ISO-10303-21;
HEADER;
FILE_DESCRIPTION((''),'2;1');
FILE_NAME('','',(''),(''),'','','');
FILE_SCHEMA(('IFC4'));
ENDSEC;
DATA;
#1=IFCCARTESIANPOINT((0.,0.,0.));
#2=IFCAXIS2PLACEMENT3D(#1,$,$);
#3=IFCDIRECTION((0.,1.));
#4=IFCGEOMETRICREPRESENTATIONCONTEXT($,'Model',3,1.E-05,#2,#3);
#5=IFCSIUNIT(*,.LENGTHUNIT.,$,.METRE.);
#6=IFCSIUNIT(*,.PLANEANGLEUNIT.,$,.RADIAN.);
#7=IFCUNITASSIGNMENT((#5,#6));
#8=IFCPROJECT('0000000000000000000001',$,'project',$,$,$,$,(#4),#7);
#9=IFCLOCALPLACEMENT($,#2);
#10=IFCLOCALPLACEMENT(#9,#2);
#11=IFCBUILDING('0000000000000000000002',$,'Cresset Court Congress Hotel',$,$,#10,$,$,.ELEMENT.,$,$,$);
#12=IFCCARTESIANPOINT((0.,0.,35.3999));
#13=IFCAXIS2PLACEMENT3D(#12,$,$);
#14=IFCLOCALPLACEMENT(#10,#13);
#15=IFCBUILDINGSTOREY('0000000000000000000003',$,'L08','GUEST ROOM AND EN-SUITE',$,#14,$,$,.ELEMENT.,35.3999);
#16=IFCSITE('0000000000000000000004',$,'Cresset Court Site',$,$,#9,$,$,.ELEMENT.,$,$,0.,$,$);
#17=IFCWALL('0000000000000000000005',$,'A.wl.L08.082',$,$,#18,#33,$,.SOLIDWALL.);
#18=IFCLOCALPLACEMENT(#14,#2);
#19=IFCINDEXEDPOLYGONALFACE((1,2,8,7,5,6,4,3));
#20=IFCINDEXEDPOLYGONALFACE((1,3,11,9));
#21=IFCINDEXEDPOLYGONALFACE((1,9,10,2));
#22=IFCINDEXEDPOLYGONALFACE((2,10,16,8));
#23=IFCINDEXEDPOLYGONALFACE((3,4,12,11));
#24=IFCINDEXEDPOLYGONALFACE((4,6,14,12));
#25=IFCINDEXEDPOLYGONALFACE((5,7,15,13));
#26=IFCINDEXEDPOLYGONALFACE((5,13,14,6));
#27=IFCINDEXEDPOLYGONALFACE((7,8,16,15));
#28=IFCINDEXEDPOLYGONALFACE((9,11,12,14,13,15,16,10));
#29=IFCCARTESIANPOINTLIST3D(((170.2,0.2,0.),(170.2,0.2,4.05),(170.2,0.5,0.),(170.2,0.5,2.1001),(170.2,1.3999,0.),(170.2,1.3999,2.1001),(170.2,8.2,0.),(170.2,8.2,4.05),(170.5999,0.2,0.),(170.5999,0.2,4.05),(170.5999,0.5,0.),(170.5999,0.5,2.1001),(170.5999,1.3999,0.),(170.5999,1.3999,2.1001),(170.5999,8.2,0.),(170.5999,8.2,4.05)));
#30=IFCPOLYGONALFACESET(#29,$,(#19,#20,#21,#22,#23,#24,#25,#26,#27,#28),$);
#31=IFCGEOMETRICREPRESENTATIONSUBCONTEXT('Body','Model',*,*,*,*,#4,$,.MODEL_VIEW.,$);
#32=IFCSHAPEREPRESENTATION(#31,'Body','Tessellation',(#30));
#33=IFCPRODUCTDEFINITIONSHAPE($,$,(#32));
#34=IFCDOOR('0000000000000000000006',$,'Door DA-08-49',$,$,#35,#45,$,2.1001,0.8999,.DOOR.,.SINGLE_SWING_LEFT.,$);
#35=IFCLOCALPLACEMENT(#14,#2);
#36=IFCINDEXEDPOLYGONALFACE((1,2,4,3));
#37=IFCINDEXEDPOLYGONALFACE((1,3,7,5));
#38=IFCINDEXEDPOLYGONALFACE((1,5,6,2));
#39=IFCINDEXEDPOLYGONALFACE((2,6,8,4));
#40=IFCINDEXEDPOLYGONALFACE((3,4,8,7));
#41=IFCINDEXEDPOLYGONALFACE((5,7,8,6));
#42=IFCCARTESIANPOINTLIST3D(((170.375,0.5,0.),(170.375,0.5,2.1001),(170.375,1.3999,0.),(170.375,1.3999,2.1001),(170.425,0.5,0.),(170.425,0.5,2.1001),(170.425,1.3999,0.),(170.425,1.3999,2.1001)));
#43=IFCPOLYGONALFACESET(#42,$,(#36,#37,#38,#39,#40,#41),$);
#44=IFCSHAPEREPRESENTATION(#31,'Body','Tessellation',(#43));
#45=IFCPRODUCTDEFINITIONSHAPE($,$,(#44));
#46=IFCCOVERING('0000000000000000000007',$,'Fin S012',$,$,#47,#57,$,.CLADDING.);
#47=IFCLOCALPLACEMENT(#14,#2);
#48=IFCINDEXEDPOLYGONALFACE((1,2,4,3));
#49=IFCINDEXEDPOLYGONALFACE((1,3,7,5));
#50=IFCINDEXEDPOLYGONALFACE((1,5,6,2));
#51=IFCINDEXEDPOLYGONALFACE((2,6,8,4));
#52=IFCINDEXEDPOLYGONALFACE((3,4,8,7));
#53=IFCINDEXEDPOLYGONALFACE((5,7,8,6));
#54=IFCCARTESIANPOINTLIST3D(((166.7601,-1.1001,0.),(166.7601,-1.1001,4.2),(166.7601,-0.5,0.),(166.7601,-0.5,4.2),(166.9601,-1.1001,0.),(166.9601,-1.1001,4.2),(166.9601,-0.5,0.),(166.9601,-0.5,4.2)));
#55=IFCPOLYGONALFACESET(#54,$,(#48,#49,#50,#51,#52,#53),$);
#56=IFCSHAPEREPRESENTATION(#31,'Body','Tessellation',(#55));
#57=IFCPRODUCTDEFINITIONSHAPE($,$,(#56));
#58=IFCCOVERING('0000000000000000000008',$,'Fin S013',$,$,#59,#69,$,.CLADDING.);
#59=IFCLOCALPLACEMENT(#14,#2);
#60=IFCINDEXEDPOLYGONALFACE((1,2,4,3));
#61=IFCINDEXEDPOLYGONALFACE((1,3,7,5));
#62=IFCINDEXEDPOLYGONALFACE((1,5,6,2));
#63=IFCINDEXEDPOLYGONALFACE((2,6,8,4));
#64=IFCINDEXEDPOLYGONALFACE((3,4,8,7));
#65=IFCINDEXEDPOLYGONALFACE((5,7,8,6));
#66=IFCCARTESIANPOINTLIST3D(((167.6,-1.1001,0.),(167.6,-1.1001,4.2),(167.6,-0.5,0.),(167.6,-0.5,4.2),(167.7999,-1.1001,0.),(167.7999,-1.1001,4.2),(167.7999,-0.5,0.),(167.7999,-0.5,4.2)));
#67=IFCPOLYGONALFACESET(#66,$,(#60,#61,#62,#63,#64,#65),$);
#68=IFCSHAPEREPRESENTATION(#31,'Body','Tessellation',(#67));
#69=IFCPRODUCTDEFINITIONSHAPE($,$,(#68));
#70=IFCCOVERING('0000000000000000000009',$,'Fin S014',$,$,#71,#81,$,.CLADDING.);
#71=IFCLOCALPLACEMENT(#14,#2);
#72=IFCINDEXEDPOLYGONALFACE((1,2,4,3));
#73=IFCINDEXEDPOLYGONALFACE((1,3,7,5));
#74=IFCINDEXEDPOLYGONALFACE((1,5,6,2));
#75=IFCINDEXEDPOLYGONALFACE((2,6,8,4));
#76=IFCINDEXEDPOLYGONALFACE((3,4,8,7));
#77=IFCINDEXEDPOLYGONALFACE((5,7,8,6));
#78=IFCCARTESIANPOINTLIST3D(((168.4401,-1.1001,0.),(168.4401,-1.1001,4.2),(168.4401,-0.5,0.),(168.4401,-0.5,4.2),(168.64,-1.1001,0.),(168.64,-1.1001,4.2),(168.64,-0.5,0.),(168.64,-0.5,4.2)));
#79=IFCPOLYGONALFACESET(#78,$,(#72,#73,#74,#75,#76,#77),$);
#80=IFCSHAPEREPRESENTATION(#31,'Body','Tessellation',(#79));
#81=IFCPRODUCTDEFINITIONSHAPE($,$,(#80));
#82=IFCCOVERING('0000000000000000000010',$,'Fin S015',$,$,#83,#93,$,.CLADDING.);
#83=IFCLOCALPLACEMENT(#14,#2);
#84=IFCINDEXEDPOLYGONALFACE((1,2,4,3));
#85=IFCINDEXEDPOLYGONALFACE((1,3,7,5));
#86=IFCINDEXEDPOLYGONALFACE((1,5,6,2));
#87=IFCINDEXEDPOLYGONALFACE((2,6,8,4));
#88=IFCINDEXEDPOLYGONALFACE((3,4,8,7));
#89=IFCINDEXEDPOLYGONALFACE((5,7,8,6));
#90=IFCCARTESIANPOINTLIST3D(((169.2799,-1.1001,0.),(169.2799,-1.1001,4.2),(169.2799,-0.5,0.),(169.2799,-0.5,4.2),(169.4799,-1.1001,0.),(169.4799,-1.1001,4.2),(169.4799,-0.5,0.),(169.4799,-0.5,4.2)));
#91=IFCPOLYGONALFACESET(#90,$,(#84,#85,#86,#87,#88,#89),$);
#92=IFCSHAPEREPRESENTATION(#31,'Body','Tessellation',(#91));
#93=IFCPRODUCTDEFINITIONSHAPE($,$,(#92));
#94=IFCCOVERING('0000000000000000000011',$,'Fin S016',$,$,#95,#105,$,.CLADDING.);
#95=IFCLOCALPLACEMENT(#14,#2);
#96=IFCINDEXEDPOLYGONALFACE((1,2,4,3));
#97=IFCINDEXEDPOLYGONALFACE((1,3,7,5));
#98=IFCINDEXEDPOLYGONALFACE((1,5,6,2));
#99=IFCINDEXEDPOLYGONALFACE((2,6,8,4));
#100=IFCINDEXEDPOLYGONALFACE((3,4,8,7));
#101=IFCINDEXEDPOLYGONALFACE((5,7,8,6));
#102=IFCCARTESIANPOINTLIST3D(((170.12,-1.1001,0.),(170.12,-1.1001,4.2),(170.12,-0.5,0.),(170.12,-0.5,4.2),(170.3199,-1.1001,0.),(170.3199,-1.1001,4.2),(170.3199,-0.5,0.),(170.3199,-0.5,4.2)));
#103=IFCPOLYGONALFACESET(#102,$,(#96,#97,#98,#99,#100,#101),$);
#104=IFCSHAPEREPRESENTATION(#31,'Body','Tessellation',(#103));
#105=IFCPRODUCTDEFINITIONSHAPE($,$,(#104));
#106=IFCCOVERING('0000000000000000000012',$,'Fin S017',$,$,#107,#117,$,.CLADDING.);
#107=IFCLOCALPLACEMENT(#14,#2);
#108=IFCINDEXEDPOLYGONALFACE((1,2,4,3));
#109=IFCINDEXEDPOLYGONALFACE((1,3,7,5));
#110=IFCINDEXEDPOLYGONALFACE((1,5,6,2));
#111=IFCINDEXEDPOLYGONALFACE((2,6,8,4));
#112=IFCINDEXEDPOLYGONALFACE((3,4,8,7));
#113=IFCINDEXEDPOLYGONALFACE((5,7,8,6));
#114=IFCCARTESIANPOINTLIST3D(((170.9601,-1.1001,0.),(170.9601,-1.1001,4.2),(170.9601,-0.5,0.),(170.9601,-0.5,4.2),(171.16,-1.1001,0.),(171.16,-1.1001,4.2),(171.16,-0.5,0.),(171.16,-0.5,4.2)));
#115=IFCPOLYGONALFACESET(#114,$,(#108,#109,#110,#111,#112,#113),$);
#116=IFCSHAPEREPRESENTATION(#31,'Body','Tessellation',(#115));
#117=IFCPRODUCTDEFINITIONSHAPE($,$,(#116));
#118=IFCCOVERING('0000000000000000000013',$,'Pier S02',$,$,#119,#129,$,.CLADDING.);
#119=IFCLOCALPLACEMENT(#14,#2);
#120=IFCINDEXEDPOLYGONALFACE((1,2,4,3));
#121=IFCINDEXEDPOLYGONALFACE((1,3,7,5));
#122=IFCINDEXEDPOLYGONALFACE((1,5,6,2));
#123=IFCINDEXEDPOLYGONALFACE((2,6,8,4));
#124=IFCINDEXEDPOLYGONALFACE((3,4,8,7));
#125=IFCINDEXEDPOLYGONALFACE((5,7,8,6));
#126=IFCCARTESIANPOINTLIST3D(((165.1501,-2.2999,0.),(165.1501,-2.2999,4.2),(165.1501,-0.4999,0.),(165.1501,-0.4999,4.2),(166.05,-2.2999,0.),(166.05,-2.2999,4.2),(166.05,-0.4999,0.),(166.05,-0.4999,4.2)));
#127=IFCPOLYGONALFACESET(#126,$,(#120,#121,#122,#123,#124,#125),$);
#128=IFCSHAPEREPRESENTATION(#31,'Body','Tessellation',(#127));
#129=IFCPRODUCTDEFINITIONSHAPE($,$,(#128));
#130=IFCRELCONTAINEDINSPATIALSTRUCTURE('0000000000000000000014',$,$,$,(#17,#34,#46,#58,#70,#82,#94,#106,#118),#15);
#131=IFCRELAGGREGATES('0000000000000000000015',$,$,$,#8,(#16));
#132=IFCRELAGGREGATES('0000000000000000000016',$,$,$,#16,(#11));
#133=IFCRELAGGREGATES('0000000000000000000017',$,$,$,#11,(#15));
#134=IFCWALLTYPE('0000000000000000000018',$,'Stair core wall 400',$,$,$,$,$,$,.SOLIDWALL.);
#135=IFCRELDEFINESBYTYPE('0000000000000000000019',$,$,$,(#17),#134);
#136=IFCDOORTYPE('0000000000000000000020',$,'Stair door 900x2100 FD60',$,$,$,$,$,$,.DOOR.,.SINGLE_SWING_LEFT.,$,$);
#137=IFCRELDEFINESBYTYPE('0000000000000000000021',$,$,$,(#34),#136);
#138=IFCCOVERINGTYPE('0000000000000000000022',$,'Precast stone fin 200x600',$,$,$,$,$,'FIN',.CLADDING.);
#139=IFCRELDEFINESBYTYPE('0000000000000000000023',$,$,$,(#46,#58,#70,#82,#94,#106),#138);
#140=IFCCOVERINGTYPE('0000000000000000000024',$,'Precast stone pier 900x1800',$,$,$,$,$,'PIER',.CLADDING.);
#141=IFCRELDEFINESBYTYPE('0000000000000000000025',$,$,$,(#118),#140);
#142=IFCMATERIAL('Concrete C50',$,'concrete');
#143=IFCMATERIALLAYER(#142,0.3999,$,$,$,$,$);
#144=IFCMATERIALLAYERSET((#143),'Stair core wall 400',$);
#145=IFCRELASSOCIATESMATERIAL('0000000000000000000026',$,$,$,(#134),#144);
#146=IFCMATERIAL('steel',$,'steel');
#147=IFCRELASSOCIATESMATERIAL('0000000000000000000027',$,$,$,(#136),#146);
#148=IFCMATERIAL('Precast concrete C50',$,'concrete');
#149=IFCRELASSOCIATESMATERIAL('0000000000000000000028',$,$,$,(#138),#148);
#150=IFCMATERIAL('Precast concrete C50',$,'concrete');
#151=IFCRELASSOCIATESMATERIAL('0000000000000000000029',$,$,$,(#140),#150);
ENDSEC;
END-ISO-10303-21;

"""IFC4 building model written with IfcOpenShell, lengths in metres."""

from ifc_helpers import new_model, si_unit, direction, frame, frame_2d, origin, origin_2d, place, context, subcontext, project, spatial, rectangle, extrude, material, layer, layer_set, type_object, element, fill, save


model = new_model("IFC4")

# Units and contexts
model_context = context("Model", 3, precision=1e-05, world=origin(), true_north=direction((0.0, 1.0)))
body_context = subcontext(model_context, "Body", "Model", "MODEL_VIEW")
ifc_project = project(units=[si_unit("LENGTHUNIT", "METRE"), si_unit("PLANEANGLEUNIT", "RADIAN")], contexts=[model_context])

# Site, building, storey
site_placement = place(None, origin())
site = spatial("IfcSite", under=ifc_project, at=site_placement, Name="Cresset Court Site", CompositionType="ELEMENT", RefElevation=0.0)
building_placement = place(site_placement, origin())
building = spatial("IfcBuilding", under=site, at=building_placement, Name="Cresset Court Congress Hotel", CompositionType="ELEMENT")
storey_placement = place(building_placement, frame((0.0, 0.0, 35.3999)))
storey = spatial("IfcBuildingStorey", under=building, at=storey_placement, Name="L08", Description="GUEST ROOM AND EN-SUITE", CompositionType="ELEMENT", Elevation=35.3999)

# Shared definitions
ifc_material_1 = material(Name="Concrete C50", Category="concrete")
ifc_layer_1 = layer(ifc_material_1, 0.3999)
ifc_layer_set_1 = layer_set([ifc_layer_1], Name="Stair core wall 400")
wall_type_1 = type_object("IfcWallType", Name="Stair core wall 400", PredefinedType="SOLIDWALL", material=ifc_layer_set_1)

# Wall, opening, door
wall_1_placement = place(storey_placement, frame((170.3999, 0.2, 0.0), z_axis=(0.0, 0.0, 1.0), x_axis=(0.0, 1.0, 0.0)))
wall_1 = element("IfcWall", 1, at=wall_1_placement, inside=storey, type_object=wall_type_1, Name="A.wl.L08.082", PredefinedType="SOLIDWALL", context=body_context, shape_type="SweptSolid", body=[
    extrude(rectangle(XDim=8.0, YDim=0.3999, at=frame_2d((4.0, 0.0))), origin(), (0.0, 0.0, 1.0), 4.05),
])
opening_1_placement = place(wall_1_placement, frame((0.3, 0.0, 0.0)))
opening_1 = element("IfcOpeningElement", 2, at=opening_1_placement, cuts=wall_1, PredefinedType="OPENING", context=body_context, shape_type="SweptSolid", body=[
    extrude(rectangle(XDim=0.8999, YDim=2.1001, at=frame_2d((0.45, 1.05))), frame((0.0, 0.21, 0.0), z_axis=(0.0, -1.0, 0.0), x_axis=(1.0, 0.0, 0.0)), (0.0, 0.0, 1.0), 0.4199),
])
ifc_material_2 = material(Name="steel", Category="steel")
door_type_1 = type_object("IfcDoorType", Name="Stair door 900x2100 FD60", OperationType="SINGLE_SWING_LEFT", PredefinedType="DOOR", material=ifc_material_2)
door_1_placement = place(opening_1_placement, origin())
door_1 = element("IfcDoor", 3, at=door_1_placement, inside=storey, type_object=door_type_1, Name="Door DA-08-49", OperationType="SINGLE_SWING_LEFT", OverallHeight=2.1001, OverallWidth=0.8999, PredefinedType="DOOR", context=body_context, shape_type="SweptSolid", body=[
    extrude(rectangle(XDim=0.8999, YDim=2.1001, at=frame_2d((0.45, 1.05))), frame((0.0, 0.0249, 0.0), z_axis=(0.0, -1.0, 0.0), x_axis=(1.0, 0.0, 0.0)), (0.0, 0.0, 1.0), 0.05),
])
fill(opening_1, door_1)

# Coverings
ifc_material_3 = material(Name="Precast concrete C50", Category="concrete")
covering_type_1 = type_object("IfcCoveringType", Name="Precast stone fin 200x600", ElementType="FIN", PredefinedType="CLADDING", material=ifc_material_3)
for number, where, z_axis, x_axis, name in (
    (4, (166.8601, -0.8, 0.0), (0.0, 0.0, 1.0), (1.0, 0.0, 0.0), "Fin S012"),
    (5, (167.7, -0.8, 0.0), (0.0, 0.0, 1.0), (1.0, 0.0, 0.0), "Fin S013"),
    (6, (168.54, -0.8, 0.0), (0.0, 0.0, 1.0), (1.0, 0.0, 0.0), "Fin S014"),
    (7, (169.3799, -0.8, 0.0), (0.0, 0.0, 1.0), (1.0, 0.0, 0.0), "Fin S015"),
    (8, (170.22, -0.8, 0.0), (0.0, 0.0, 1.0), (1.0, 0.0, 0.0), "Fin S016"),
    (9, (171.0601, -0.8, 0.0), (0.0, 0.0, 1.0), (1.0, 0.0, 0.0), "Fin S017"),
):
    element("IfcCovering", number, at=place(storey_placement, frame(where, z_axis=z_axis, x_axis=x_axis)), inside=storey, type_object=covering_type_1, Name=name, PredefinedType="CLADDING", context=body_context, shape_type="SweptSolid", body=[
        extrude(rectangle(XDim=0.2, YDim=0.6001, at=origin_2d()), origin(), (0.0, 0.0, 1.0), 4.2),
    ])
ifc_material_4 = material(Name="Precast concrete C50", Category="concrete")
covering_type_2 = type_object("IfcCoveringType", Name="Precast stone pier 900x1800", ElementType="PIER", PredefinedType="CLADDING", material=ifc_material_4)
covering_placement = place(storey_placement, frame((165.6001, -1.3999, 0.0), z_axis=(0.0, 0.0, 1.0), x_axis=(1.0, 0.0, 0.0)))
element("IfcCovering", 10, at=covering_placement, inside=storey, type_object=covering_type_2, Name="Pier S02", PredefinedType="CLADDING", context=body_context, shape_type="SweptSolid", body=[
    extrude(rectangle(XDim=0.8999, YDim=1.8, at=origin_2d()), origin(), (0.0, 0.0, 1.0), 4.2),
])

save(model, "model.ifc")
